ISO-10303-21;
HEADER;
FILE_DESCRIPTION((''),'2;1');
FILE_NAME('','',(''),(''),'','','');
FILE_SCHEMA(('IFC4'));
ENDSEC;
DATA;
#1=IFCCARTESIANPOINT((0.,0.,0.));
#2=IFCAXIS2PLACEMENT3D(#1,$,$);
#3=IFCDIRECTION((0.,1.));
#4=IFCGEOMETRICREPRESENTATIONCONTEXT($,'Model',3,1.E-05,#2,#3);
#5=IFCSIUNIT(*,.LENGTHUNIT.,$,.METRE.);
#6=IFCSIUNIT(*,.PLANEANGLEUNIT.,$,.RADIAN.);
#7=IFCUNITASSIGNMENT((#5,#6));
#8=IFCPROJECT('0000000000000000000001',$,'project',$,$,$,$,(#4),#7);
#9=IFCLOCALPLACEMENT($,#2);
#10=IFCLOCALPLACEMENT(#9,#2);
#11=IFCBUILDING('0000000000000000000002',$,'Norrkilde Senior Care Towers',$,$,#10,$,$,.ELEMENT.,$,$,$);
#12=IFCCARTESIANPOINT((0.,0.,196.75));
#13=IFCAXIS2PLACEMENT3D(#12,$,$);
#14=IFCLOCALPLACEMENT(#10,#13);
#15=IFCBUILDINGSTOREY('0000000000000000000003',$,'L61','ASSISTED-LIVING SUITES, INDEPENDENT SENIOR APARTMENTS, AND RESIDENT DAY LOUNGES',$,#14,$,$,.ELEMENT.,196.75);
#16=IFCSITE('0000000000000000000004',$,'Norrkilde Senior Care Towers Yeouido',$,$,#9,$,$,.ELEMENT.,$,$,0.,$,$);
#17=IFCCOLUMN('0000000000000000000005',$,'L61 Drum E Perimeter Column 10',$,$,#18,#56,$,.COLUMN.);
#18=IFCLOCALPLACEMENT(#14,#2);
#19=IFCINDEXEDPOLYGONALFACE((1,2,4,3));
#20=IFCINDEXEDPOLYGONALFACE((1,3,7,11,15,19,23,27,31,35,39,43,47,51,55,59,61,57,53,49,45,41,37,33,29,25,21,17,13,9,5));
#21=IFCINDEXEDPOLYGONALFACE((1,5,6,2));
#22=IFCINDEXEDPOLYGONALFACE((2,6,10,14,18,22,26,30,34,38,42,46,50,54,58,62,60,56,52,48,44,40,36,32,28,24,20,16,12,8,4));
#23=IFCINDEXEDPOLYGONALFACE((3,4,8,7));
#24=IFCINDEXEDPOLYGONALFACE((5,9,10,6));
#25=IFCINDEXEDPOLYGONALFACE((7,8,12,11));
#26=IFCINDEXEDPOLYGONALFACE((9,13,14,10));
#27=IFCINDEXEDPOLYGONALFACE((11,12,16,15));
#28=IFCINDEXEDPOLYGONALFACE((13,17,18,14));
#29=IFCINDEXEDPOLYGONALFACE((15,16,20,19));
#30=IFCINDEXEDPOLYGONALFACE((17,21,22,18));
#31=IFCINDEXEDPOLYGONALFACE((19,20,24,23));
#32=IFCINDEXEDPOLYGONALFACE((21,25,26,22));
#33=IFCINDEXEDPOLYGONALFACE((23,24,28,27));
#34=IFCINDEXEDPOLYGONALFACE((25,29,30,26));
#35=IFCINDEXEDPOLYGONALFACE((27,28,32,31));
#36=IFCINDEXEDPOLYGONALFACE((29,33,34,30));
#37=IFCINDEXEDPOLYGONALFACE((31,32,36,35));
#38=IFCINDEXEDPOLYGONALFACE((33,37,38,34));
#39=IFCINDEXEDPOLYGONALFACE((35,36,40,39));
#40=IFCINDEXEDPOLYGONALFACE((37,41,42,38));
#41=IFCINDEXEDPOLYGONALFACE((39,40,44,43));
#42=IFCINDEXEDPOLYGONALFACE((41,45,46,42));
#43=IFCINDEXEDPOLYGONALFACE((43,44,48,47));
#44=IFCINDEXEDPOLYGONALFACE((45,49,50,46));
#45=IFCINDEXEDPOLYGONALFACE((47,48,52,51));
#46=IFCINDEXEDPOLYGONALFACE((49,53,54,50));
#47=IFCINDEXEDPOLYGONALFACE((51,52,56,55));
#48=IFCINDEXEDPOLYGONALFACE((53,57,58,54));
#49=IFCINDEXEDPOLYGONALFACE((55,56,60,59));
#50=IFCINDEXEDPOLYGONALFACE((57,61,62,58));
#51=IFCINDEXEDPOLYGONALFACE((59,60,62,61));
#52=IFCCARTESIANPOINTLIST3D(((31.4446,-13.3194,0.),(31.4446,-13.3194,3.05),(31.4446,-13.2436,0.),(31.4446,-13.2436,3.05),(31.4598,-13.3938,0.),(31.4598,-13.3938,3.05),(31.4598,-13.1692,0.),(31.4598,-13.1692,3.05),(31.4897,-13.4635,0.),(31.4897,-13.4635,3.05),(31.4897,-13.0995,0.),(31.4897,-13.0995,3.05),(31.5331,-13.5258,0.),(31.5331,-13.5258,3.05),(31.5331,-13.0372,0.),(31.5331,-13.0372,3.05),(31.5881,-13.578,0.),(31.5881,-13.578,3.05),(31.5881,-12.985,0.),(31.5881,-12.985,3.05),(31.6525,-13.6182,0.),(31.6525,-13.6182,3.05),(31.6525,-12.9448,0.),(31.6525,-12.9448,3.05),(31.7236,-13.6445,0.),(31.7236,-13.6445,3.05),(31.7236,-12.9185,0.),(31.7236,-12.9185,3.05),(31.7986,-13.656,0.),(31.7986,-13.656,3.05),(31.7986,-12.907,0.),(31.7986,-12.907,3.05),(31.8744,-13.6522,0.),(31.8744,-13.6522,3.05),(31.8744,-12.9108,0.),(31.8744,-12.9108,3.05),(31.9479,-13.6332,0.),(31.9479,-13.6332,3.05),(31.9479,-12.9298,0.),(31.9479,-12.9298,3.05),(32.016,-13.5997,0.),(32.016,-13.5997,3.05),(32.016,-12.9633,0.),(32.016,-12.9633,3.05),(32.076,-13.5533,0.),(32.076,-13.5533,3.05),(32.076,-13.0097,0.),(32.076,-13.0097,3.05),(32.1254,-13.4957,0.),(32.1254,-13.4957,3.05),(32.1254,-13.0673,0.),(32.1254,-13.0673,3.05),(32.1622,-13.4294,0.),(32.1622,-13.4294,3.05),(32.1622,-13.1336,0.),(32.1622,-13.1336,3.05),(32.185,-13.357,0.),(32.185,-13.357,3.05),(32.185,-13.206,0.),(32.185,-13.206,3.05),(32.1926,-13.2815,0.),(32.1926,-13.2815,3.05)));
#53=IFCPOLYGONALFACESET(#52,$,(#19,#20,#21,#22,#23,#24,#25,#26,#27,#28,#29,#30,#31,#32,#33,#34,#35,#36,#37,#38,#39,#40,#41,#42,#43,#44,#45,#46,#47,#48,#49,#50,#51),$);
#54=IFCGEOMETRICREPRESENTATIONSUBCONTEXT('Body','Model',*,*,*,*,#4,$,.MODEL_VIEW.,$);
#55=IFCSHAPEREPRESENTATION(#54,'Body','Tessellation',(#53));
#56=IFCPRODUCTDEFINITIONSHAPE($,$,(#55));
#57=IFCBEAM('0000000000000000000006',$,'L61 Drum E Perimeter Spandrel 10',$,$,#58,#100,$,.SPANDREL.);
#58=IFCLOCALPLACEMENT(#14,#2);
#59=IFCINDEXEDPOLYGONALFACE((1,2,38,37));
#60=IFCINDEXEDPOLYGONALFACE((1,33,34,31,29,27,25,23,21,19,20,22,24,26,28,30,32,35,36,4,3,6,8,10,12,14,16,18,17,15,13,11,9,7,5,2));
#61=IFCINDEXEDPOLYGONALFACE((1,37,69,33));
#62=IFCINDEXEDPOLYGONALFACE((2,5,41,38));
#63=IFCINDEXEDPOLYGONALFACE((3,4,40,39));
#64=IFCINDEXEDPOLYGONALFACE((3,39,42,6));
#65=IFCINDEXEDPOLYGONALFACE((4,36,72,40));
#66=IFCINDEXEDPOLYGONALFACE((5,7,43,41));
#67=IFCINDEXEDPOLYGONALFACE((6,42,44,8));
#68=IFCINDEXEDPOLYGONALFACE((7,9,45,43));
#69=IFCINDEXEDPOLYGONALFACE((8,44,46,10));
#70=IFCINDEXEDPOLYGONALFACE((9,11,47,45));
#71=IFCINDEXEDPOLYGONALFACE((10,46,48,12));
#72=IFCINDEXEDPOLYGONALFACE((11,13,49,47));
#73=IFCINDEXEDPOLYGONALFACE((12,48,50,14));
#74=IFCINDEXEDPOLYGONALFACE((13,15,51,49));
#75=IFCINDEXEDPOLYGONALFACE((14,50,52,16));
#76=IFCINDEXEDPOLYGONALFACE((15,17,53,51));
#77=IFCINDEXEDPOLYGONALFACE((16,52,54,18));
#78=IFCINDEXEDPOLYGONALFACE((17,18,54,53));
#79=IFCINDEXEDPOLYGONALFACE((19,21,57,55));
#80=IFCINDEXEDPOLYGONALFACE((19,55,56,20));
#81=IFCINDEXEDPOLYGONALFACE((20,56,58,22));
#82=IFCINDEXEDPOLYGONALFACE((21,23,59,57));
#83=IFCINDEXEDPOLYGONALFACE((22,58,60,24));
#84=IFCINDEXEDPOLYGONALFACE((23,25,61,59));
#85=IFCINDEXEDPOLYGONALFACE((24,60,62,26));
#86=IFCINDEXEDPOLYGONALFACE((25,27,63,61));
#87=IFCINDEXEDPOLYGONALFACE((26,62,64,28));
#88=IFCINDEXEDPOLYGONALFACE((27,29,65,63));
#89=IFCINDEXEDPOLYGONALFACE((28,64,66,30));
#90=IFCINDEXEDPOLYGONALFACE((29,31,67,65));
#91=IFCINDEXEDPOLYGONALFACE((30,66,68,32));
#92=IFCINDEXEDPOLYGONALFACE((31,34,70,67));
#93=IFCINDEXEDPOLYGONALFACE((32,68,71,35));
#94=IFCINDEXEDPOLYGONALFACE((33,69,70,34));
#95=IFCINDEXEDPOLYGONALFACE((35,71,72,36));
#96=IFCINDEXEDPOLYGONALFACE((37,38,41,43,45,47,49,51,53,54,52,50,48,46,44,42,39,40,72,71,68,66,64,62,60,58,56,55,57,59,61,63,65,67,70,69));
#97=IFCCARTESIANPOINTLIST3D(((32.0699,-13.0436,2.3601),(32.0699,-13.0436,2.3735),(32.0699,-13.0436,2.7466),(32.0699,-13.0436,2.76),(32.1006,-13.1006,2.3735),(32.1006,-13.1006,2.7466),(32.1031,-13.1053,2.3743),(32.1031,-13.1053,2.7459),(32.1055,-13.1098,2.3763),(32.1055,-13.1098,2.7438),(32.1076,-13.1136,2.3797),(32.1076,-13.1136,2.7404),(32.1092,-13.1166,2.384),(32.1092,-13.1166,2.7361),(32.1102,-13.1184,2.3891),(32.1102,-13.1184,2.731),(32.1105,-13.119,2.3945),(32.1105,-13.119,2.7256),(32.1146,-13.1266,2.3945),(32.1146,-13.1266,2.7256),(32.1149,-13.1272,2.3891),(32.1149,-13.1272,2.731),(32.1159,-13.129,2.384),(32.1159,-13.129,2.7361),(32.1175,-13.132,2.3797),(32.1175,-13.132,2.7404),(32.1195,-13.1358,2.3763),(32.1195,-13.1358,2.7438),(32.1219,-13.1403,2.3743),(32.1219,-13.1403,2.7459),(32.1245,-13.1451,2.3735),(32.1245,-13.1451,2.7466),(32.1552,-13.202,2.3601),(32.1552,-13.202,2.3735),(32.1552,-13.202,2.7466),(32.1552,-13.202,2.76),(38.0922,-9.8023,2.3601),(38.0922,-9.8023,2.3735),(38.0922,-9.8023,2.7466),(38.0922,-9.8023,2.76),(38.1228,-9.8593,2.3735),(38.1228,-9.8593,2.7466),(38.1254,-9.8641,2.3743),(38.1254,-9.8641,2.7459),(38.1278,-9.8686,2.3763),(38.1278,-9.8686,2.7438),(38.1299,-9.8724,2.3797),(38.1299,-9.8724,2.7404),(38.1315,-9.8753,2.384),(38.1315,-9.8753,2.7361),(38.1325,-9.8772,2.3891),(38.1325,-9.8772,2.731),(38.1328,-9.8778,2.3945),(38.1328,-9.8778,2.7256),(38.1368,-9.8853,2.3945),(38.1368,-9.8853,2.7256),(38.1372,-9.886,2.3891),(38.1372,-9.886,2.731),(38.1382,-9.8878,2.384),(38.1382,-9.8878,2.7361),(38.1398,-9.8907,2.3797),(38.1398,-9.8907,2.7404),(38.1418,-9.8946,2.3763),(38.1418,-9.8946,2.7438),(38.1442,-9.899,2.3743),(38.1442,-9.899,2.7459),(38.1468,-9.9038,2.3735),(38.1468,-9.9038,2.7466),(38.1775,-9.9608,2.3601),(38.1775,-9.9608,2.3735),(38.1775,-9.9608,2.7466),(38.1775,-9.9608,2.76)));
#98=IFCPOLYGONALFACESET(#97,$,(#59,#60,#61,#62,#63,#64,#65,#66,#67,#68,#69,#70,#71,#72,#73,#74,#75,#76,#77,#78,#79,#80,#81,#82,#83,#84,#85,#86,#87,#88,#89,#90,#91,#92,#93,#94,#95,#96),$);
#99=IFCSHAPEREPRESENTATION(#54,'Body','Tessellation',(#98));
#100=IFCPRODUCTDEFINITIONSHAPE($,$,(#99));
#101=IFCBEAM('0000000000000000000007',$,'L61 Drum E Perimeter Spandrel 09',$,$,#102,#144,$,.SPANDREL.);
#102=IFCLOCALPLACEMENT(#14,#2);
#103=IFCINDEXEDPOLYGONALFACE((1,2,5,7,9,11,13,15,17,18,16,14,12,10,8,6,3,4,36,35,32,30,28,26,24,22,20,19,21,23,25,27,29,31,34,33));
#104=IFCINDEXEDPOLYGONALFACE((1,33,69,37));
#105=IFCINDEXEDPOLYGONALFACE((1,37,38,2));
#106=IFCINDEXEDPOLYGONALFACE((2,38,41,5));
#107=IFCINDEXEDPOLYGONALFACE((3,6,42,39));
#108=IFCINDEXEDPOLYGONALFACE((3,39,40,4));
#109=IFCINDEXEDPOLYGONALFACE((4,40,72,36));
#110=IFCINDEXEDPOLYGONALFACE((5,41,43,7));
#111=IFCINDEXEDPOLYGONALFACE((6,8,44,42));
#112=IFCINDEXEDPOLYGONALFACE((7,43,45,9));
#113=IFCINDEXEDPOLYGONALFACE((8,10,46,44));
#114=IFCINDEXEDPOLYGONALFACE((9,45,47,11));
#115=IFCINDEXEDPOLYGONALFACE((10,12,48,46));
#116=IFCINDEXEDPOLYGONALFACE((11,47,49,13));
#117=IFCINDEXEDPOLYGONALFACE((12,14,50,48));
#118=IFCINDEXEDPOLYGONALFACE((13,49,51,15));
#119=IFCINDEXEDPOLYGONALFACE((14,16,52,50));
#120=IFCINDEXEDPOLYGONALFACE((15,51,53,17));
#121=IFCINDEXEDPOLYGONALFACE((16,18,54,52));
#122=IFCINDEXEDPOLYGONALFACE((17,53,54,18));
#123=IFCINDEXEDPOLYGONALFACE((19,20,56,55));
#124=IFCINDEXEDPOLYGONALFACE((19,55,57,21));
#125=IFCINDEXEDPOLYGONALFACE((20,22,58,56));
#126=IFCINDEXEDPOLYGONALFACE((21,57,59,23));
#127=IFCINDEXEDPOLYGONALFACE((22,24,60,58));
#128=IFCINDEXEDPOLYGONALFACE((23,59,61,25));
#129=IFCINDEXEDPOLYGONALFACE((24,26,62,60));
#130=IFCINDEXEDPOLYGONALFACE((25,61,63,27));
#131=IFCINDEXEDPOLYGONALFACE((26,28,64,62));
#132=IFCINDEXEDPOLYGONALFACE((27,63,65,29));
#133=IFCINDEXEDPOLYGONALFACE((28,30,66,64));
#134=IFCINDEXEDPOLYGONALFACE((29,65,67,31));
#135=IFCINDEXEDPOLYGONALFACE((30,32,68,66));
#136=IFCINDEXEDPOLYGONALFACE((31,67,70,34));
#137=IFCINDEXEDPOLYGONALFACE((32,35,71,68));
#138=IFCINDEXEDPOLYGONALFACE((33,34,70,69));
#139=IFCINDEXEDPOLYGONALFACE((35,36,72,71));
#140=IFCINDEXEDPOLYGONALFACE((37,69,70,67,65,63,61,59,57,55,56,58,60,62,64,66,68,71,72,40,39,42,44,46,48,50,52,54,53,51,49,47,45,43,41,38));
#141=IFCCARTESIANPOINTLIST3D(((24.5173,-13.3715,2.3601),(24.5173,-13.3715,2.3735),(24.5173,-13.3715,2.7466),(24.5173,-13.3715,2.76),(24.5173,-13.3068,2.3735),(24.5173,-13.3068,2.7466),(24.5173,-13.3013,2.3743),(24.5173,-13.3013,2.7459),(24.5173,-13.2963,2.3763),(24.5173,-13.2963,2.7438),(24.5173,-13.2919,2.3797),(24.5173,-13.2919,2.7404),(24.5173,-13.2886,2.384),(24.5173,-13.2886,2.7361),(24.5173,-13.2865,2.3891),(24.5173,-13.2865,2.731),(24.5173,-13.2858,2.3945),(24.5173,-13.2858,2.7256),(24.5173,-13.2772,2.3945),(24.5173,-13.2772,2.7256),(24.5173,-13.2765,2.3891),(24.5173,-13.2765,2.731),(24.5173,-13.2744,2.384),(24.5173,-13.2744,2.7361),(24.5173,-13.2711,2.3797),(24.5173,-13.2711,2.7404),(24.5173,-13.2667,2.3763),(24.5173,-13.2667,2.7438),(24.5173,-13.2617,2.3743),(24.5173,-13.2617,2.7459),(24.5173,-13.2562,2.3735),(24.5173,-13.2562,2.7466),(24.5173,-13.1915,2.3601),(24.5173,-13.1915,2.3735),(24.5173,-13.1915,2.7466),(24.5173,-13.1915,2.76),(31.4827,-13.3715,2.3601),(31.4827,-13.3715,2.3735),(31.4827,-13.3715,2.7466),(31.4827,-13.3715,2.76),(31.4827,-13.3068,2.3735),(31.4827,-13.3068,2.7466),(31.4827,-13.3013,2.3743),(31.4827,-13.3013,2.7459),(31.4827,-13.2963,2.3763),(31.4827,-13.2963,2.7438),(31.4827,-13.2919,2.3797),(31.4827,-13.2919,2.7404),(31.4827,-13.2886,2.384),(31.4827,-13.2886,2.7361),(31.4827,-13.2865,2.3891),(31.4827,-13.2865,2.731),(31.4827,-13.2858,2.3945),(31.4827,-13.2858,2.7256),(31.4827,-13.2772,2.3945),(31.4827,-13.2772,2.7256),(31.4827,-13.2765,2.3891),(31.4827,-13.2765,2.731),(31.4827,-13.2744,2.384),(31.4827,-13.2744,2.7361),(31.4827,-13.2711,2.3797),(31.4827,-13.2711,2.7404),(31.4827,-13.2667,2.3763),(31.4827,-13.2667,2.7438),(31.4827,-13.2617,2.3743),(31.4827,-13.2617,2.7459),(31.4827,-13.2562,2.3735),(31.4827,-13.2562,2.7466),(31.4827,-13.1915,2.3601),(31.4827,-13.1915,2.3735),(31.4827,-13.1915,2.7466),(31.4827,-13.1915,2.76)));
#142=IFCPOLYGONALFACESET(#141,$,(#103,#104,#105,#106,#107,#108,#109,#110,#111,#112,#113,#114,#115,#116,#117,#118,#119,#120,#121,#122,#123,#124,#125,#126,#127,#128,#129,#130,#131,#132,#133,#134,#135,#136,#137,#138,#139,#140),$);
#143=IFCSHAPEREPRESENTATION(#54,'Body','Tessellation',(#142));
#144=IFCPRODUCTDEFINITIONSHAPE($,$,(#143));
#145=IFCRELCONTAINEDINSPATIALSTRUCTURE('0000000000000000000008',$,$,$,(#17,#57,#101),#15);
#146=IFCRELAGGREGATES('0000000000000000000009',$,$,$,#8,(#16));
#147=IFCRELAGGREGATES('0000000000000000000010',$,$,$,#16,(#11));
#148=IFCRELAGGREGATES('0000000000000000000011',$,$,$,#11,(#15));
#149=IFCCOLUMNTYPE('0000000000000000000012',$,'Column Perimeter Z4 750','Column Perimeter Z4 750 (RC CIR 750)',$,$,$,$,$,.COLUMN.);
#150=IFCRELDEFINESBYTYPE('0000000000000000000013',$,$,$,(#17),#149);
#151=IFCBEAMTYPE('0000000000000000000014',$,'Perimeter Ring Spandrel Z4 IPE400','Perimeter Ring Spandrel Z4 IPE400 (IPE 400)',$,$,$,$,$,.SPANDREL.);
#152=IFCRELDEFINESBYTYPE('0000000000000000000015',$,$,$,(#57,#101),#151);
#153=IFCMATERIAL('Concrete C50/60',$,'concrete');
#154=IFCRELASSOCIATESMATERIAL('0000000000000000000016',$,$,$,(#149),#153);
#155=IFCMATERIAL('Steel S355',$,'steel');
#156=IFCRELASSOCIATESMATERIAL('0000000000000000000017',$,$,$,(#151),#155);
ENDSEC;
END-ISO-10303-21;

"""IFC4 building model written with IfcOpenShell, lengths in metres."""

from ifc_helpers import new_model, si_unit, direction, frame, origin, origin_2d, place, context, subcontext, project, spatial, circle, i_section, extrude, source, transform, mapped, material, material_profile, profile_set, type_object, type_shapes, element, save


model = new_model("IFC4")

# Units and contexts
model_context = context("Model", 3, precision=1e-05, world=origin(), true_north=direction((0.0, 1.0)))
body_context = subcontext(model_context, "Body", "Model", "MODEL_VIEW")
ifc_project = project(units=[si_unit("LENGTHUNIT", "METRE"), si_unit("PLANEANGLEUNIT", "RADIAN")], contexts=[model_context])

# Site, building, storey
site_placement = place(None, origin())
site = spatial("IfcSite", under=ifc_project, at=site_placement, Name="Norrkilde Senior Care Towers Yeouido", CompositionType="ELEMENT", RefElevation=0.0)
building_placement = place(site_placement, origin())
building = spatial("IfcBuilding", under=site, at=building_placement, Name="Norrkilde Senior Care Towers", CompositionType="ELEMENT")
storey_placement = place(building_placement, frame((0.0, 0.0, 196.75)))
storey = spatial("IfcBuildingStorey", under=building, at=storey_placement, Name="L61", Description="ASSISTED-LIVING SUITES, INDEPENDENT SENIOR APARTMENTS, AND RESIDENT DAY LOUNGES", CompositionType="ELEMENT", Elevation=196.75)

# Column
ifc_material_1 = material(Name="Concrete C50/60", Category="concrete")
ifc_material_profile_1 = material_profile(ifc_material_1, circle(Radius=0.375, at=origin_2d()), Name="RC CIR 750")
ifc_profile_set_1 = profile_set([ifc_material_profile_1], Name="Concrete C50/60")
column_type = type_object("IfcColumnType", Name="Column Perimeter Z4 750", Description="Column Perimeter Z4 750 (RC CIR 750)", PredefinedType="COLUMN", material=ifc_profile_set_1)
shared_shape_1 = source(origin(), body_context, "Body", "SweptSolid", [
    extrude(circle(Radius=0.375, at=origin_2d()), origin(), (0.0, 0.0, 1.0), 3.05),
])
type_shapes(column_type, [shared_shape_1])
column_placement = place(storey_placement, frame((31.8176, -13.2815, 0.0), z_axis=(0.0, 0.0, 1.0), x_axis=(1.0, 0.0, 0.0)))
element("IfcColumn", 1, at=column_placement, inside=storey, type_object=column_type, Name="L61 Drum E Perimeter Column 10", PredefinedType="COLUMN", context=body_context, shape_type="MappedRepresentation", body=[
    mapped(shared_shape_1, transform((0.0, 0.0, 0.0), x_axis=(1.0, 0.0, 0.0), y_axis=(0.0, 1.0, 0.0), z_axis=(0.0, 0.0, 1.0), scale=1.0)),
])

# Beams
ifc_material_2 = material(Name="Steel S355", Category="steel")
ifc_material_profile_2 = material_profile(ifc_material_2, i_section(OverallWidth=0.1799, OverallDepth=0.3999, WebThickness=0.0085, FlangeThickness=0.0134, FilletRadius=0.021, at=origin_2d()), Name="IPE 400")
ifc_profile_set_2 = profile_set([ifc_material_profile_2], Name="Steel S355")
beam_type_1 = type_object("IfcBeamType", Name="Perimeter Ring Spandrel Z4 IPE400", Description="Perimeter Ring Spandrel Z4 IPE400 (IPE 400)", PredefinedType="SPANDREL", material=ifc_profile_set_2)
shared_shape_2 = source(origin(), body_context, "Body", "SweptSolid", [
    extrude(i_section(OverallWidth=0.1799, OverallDepth=0.3999, WebThickness=0.0085, FlangeThickness=0.0134, FilletRadius=0.021, at=origin_2d()), origin(), (0.0, 0.0, 1.0), 6.8391),
])
beam_1_placement = place(storey_placement, frame((32.1125, -13.1228, 2.5601), z_axis=(0.880564, 0.473927, 0.0), x_axis=(-0.473927, 0.880564, 0.0)))
element("IfcBeam", 2, at=beam_1_placement, inside=storey, type_object=beam_type_1, Name="L61 Drum E Perimeter Spandrel 10", PredefinedType="SPANDREL", context=body_context, shape_type="MappedRepresentation", body=[
    mapped(shared_shape_2, transform((0.0, 0.0, 0.0), x_axis=(1.0, 0.0, 0.0), y_axis=(0.0, 1.0, 0.0), z_axis=(0.0, 0.0, 1.0), scale=1.0)),
])
shared_shape_3 = source(origin(), body_context, "Body", "SweptSolid", [
    extrude(i_section(OverallWidth=0.1799, OverallDepth=0.3999, WebThickness=0.0085, FlangeThickness=0.0134, FilletRadius=0.021, at=origin_2d()), origin(), (0.0, 0.0, 1.0), 6.9653),
])
type_shapes(beam_type_1, [shared_shape_2, shared_shape_3])
beam_2_placement = place(storey_placement, frame((24.5173, -13.2815, 2.5601), z_axis=(1.0, 0.0, 0.0), x_axis=(0.0, 1.0, 0.0)))
element("IfcBeam", 3, at=beam_2_placement, inside=storey, type_object=beam_type_1, Name="L61 Drum E Perimeter Spandrel 09", PredefinedType="SPANDREL", context=body_context, shape_type="MappedRepresentation", body=[
    mapped(shared_shape_3, transform((0.0, 0.0, 0.0), x_axis=(1.0, 0.0, 0.0), y_axis=(0.0, 1.0, 0.0), z_axis=(0.0, 0.0, 1.0), scale=1.0)),
])

save(model, "model.ifc")
